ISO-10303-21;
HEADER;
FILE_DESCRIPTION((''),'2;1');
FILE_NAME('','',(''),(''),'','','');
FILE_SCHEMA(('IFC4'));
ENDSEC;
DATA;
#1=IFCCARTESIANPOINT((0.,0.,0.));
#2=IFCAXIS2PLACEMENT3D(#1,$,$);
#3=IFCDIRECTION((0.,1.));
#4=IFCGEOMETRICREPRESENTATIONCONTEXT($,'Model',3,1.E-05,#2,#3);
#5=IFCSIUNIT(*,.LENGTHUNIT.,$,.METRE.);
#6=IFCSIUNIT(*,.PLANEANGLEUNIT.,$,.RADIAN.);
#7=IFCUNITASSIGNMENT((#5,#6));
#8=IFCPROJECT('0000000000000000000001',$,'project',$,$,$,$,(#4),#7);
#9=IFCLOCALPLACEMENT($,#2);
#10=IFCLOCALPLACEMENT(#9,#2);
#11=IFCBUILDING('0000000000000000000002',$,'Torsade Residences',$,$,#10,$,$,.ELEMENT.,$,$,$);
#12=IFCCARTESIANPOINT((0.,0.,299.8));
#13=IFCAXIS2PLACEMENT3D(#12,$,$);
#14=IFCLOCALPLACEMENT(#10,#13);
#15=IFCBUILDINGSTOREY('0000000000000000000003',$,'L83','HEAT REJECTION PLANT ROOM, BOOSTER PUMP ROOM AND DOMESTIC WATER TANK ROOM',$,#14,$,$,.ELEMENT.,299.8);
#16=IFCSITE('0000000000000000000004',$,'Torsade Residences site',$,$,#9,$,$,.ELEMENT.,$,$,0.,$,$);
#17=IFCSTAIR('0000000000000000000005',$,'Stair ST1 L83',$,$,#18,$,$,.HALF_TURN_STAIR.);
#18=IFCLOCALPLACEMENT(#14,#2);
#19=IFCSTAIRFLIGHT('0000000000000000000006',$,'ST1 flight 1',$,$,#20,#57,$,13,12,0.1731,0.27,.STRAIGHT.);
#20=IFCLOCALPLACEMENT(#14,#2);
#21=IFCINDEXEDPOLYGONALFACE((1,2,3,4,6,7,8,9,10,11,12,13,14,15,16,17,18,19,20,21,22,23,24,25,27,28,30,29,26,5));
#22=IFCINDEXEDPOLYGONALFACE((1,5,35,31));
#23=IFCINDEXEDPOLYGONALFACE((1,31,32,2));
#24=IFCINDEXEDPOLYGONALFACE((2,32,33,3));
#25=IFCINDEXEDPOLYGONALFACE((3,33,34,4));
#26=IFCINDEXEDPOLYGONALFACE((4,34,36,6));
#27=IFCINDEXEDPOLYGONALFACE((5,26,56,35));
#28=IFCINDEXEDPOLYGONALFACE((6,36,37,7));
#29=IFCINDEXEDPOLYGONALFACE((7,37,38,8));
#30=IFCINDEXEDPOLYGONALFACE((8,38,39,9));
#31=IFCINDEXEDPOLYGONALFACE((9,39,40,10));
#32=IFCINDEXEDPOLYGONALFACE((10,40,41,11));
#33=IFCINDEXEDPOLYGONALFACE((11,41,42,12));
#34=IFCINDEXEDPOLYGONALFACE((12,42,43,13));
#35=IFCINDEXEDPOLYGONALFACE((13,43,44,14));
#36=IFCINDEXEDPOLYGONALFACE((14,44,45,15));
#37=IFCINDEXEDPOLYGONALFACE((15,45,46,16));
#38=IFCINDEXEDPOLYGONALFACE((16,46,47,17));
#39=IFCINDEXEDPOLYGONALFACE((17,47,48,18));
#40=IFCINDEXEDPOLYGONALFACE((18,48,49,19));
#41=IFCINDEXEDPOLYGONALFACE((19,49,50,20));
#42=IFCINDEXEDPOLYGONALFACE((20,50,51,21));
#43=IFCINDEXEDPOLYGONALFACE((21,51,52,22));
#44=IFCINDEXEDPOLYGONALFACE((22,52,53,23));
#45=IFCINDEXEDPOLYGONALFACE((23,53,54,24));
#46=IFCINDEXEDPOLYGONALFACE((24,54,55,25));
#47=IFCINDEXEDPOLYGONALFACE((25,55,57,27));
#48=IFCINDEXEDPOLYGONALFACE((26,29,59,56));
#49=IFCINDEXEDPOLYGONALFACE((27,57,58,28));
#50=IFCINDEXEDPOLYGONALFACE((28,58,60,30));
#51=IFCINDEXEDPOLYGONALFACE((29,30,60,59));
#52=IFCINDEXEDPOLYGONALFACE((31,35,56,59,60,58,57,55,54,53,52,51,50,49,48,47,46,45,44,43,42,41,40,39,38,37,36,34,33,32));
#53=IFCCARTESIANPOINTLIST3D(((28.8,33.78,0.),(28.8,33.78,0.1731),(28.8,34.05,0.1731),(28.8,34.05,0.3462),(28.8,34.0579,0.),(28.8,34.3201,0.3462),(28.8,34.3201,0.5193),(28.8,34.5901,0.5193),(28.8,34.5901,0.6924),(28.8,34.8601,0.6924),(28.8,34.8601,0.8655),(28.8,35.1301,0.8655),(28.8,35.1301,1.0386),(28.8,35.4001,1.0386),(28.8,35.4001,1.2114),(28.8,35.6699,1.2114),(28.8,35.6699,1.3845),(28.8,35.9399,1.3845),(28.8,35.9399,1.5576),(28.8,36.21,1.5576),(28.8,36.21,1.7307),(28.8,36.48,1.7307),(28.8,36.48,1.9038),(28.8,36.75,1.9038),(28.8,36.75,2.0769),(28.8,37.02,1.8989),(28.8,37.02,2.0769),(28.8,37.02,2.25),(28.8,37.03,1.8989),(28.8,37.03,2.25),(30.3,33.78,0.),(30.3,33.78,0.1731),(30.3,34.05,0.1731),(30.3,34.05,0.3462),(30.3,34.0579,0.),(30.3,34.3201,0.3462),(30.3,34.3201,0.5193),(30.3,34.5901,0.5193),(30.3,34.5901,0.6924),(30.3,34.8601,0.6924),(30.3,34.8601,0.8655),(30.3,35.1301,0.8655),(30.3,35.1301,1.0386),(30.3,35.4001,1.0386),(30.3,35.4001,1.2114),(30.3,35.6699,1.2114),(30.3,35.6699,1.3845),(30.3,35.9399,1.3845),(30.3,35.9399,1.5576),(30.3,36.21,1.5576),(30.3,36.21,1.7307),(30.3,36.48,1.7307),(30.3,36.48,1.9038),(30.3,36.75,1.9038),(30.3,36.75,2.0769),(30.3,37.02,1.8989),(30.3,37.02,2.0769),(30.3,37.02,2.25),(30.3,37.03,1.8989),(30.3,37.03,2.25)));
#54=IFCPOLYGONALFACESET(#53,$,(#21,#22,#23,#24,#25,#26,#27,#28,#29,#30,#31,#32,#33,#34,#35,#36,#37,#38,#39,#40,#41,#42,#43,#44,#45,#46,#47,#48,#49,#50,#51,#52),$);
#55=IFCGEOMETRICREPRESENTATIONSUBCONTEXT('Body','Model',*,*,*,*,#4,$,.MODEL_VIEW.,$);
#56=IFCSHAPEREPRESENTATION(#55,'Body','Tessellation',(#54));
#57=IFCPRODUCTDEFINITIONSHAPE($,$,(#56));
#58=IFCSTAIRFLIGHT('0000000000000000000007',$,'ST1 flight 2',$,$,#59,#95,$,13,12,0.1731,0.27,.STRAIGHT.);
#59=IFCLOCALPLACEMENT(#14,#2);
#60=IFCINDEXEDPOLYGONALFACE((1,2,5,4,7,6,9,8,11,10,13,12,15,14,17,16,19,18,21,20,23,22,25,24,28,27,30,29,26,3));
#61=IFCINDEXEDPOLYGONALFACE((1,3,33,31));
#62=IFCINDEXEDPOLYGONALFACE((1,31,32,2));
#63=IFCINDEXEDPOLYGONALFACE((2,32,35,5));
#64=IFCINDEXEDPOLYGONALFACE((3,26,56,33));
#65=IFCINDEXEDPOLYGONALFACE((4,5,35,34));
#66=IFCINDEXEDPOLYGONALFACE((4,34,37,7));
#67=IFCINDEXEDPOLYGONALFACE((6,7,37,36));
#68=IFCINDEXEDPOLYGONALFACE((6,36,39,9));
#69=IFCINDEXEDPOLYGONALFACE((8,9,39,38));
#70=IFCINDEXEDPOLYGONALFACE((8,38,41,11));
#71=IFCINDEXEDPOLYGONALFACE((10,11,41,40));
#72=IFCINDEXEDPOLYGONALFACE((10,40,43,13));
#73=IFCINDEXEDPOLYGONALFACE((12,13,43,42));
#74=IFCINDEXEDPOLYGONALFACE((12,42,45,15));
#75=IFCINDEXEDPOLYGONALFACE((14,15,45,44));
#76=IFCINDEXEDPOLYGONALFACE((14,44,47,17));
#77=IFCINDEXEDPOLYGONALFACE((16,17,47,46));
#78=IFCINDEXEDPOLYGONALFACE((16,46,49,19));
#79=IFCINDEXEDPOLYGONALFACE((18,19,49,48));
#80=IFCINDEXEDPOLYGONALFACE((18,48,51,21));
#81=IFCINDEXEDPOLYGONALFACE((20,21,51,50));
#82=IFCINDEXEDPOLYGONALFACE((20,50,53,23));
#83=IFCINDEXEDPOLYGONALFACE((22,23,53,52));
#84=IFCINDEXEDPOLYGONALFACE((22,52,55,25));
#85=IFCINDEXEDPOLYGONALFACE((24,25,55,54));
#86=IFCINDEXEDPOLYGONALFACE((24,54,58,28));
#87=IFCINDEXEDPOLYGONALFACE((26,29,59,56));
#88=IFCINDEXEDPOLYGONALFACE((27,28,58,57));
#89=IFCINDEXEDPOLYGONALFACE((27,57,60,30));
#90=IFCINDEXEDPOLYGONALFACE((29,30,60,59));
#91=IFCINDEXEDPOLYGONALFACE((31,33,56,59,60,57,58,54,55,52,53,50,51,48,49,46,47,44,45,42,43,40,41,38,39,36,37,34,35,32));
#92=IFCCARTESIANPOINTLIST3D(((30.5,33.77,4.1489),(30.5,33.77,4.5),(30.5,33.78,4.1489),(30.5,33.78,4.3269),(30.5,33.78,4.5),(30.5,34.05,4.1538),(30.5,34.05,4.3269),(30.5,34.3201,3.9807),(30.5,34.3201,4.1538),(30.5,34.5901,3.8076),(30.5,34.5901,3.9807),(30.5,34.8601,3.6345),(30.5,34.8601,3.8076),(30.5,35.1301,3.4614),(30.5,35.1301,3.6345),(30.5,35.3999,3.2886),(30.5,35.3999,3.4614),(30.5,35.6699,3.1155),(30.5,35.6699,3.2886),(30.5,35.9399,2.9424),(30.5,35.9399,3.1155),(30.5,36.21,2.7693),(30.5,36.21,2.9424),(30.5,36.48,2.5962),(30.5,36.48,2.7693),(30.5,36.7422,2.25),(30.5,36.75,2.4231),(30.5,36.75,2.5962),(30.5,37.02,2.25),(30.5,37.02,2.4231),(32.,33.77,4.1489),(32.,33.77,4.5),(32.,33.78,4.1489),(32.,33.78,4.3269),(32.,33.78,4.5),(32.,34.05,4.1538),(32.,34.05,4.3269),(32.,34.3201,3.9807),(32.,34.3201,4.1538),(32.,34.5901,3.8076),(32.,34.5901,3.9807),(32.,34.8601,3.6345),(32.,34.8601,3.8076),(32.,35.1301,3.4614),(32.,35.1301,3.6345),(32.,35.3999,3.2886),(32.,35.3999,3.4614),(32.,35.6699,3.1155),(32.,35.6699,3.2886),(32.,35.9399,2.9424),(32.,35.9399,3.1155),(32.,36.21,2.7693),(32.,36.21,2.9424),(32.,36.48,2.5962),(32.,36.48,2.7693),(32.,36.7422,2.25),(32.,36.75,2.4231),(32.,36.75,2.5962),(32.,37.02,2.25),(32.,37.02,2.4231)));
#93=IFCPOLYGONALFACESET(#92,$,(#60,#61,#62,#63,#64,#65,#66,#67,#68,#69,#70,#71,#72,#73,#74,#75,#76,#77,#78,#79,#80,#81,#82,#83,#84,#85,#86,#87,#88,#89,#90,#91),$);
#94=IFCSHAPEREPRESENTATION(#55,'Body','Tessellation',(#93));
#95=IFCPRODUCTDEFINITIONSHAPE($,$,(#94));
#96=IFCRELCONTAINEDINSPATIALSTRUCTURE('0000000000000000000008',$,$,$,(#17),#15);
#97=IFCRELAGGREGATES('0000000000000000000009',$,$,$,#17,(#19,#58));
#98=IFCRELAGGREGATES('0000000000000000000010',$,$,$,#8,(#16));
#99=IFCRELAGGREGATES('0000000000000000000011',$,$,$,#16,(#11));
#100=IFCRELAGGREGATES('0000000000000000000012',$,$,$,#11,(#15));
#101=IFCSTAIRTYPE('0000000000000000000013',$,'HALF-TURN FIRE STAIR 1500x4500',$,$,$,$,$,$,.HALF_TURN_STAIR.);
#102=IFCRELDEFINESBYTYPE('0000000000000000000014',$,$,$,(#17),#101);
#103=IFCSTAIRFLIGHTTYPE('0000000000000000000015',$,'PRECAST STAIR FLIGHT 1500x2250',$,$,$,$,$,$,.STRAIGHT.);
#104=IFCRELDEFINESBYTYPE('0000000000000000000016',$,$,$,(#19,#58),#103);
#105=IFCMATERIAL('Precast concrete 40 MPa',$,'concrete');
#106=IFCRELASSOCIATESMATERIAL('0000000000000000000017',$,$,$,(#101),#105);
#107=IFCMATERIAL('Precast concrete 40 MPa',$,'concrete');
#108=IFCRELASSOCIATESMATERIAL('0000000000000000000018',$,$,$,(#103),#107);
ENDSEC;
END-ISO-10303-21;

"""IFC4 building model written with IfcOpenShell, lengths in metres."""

from ifc_helpers import new_model, si_unit, direction, frame, origin, place, context, subcontext, project, spatial, polyline, outline, extrude, material, type_object, element, aggregate, save


model = new_model("IFC4")

# Units and contexts
model_context = context("Model", 3, precision=1e-05, world=origin(), true_north=direction((0.0, 1.0)))
body_context = subcontext(model_context, "Body", "Model", "MODEL_VIEW")
ifc_project = project(units=[si_unit("LENGTHUNIT", "METRE"), si_unit("PLANEANGLEUNIT", "RADIAN")], contexts=[model_context])

# Site, building, storey
site_placement = place(None, origin())
site = spatial("IfcSite", under=ifc_project, at=site_placement, Name="Torsade Residences site", CompositionType="ELEMENT", RefElevation=0.0)
building_placement = place(site_placement, origin())
building = spatial("IfcBuilding", under=site, at=building_placement, Name="Torsade Residences", CompositionType="ELEMENT")
storey_placement = place(building_placement, frame((0.0, 0.0, 299.8)))
storey = spatial("IfcBuildingStorey", under=building, at=storey_placement, Name="L83", Description="HEAT REJECTION PLANT ROOM, BOOSTER PUMP ROOM AND DOMESTIC WATER TANK ROOM", CompositionType="ELEMENT", Elevation=299.8)

# Stair, stair flights
ifc_material_1 = material(Name="Precast concrete 40 MPa", Category="concrete")
stair_type = type_object("IfcStairType", Name="HALF-TURN FIRE STAIR 1500x4500", PredefinedType="HALF_TURN_STAIR", material=ifc_material_1)
stair_placement = place(storey_placement, origin())
stair = element("IfcStair", 1, at=stair_placement, inside=storey, type_object=stair_type, Name="Stair ST1 L83", PredefinedType="HALF_TURN_STAIR")
ifc_material_2 = material(Name="Precast concrete 40 MPa", Category="concrete")
stair_flight_type = type_object("IfcStairFlightType", Name="PRECAST STAIR FLIGHT 1500x2250", PredefinedType="STRAIGHT", material=ifc_material_2)
stair_flight_1_placement = place(storey_placement, frame((29.55, 33.78, 0.0), z_axis=(0.0, 0.0, 1.0), x_axis=(0.0, 1.0, 0.0)))
stair_flight_1 = element("IfcStairFlight", 2, at=stair_flight_1_placement, type_object=stair_flight_type, Name="ST1 flight 1", NumberOfRisers=13, NumberOfTreads=12, PredefinedType="STRAIGHT", RiserHeight=0.1731, TreadLength=0.27, context=body_context, shape_type="SweptSolid", body=[
    extrude(outline(polyline([(0.0, 0.0), (0.0, 0.1731), (0.27, 0.1731), (0.27, 0.3462), (0.54, 0.3462), (0.54, 0.5193), (0.8101, 0.5193), (0.8101, 0.6924), (1.0801, 0.6924), (1.0801, 0.8655), (1.3501, 0.8655), (1.3501, 1.0386), (1.6201, 1.0386), (1.6201, 1.2114), (1.8899, 1.2114), (1.8899, 1.3845), (2.1599, 1.3845), (2.1599, 1.5576), (2.4299, 1.5576), (2.4299, 1.7307), (2.7, 1.7307), (2.7, 1.9038), (2.97, 1.9038), (2.97, 2.0769), (3.24, 2.0769), (3.24, 2.25), (3.25, 2.25), (3.25, 1.8989), (3.24, 1.8989), (0.2778, 0.0), (0.0, 0.0)])), frame((0.0, 0.75, 0.0), z_axis=(0.0, -1.0, 0.0), x_axis=(1.0, 0.0, 0.0)), (0.0, 0.0, 1.0), 1.5),
])
stair_flight_2_placement = place(storey_placement, frame((31.25, 37.02, 2.25), z_axis=(0.0, 0.0, 1.0), x_axis=(0.0, -1.0, 0.0)))
stair_flight_2 = element("IfcStairFlight", 3, at=stair_flight_2_placement, type_object=stair_flight_type, Name="ST1 flight 2", NumberOfRisers=13, NumberOfTreads=12, PredefinedType="STRAIGHT", RiserHeight=0.1731, TreadLength=0.27, context=body_context, shape_type="SweptSolid", body=[
    extrude(outline(polyline([(0.0, 0.0), (0.0, 0.1731), (0.27, 0.1731), (0.27, 0.3462), (0.54, 0.3462), (0.54, 0.5193), (0.8101, 0.5193), (0.8101, 0.6924), (1.0801, 0.6924), (1.0801, 0.8655), (1.3501, 0.8655), (1.3501, 1.0386), (1.6201, 1.0386), (1.6201, 1.2114), (1.8899, 1.2114), (1.8899, 1.3845), (2.1599, 1.3845), (2.1599, 1.5576), (2.4299, 1.5576), (2.4299, 1.7307), (2.7, 1.7307), (2.7, 1.9038), (2.97, 1.9038), (2.97, 2.0769), (3.24, 2.0769), (3.24, 2.25), (3.25, 2.25), (3.25, 1.8989), (3.24, 1.8989), (0.2778, 0.0), (0.0, 0.0)])), frame((0.0, 0.75, 0.0), z_axis=(0.0, -1.0, 0.0), x_axis=(1.0, 0.0, 0.0)), (0.0, 0.0, 1.0), 1.5),
])
aggregate(stair, [stair_flight_1, stair_flight_2])

save(model, "model.ifc")
